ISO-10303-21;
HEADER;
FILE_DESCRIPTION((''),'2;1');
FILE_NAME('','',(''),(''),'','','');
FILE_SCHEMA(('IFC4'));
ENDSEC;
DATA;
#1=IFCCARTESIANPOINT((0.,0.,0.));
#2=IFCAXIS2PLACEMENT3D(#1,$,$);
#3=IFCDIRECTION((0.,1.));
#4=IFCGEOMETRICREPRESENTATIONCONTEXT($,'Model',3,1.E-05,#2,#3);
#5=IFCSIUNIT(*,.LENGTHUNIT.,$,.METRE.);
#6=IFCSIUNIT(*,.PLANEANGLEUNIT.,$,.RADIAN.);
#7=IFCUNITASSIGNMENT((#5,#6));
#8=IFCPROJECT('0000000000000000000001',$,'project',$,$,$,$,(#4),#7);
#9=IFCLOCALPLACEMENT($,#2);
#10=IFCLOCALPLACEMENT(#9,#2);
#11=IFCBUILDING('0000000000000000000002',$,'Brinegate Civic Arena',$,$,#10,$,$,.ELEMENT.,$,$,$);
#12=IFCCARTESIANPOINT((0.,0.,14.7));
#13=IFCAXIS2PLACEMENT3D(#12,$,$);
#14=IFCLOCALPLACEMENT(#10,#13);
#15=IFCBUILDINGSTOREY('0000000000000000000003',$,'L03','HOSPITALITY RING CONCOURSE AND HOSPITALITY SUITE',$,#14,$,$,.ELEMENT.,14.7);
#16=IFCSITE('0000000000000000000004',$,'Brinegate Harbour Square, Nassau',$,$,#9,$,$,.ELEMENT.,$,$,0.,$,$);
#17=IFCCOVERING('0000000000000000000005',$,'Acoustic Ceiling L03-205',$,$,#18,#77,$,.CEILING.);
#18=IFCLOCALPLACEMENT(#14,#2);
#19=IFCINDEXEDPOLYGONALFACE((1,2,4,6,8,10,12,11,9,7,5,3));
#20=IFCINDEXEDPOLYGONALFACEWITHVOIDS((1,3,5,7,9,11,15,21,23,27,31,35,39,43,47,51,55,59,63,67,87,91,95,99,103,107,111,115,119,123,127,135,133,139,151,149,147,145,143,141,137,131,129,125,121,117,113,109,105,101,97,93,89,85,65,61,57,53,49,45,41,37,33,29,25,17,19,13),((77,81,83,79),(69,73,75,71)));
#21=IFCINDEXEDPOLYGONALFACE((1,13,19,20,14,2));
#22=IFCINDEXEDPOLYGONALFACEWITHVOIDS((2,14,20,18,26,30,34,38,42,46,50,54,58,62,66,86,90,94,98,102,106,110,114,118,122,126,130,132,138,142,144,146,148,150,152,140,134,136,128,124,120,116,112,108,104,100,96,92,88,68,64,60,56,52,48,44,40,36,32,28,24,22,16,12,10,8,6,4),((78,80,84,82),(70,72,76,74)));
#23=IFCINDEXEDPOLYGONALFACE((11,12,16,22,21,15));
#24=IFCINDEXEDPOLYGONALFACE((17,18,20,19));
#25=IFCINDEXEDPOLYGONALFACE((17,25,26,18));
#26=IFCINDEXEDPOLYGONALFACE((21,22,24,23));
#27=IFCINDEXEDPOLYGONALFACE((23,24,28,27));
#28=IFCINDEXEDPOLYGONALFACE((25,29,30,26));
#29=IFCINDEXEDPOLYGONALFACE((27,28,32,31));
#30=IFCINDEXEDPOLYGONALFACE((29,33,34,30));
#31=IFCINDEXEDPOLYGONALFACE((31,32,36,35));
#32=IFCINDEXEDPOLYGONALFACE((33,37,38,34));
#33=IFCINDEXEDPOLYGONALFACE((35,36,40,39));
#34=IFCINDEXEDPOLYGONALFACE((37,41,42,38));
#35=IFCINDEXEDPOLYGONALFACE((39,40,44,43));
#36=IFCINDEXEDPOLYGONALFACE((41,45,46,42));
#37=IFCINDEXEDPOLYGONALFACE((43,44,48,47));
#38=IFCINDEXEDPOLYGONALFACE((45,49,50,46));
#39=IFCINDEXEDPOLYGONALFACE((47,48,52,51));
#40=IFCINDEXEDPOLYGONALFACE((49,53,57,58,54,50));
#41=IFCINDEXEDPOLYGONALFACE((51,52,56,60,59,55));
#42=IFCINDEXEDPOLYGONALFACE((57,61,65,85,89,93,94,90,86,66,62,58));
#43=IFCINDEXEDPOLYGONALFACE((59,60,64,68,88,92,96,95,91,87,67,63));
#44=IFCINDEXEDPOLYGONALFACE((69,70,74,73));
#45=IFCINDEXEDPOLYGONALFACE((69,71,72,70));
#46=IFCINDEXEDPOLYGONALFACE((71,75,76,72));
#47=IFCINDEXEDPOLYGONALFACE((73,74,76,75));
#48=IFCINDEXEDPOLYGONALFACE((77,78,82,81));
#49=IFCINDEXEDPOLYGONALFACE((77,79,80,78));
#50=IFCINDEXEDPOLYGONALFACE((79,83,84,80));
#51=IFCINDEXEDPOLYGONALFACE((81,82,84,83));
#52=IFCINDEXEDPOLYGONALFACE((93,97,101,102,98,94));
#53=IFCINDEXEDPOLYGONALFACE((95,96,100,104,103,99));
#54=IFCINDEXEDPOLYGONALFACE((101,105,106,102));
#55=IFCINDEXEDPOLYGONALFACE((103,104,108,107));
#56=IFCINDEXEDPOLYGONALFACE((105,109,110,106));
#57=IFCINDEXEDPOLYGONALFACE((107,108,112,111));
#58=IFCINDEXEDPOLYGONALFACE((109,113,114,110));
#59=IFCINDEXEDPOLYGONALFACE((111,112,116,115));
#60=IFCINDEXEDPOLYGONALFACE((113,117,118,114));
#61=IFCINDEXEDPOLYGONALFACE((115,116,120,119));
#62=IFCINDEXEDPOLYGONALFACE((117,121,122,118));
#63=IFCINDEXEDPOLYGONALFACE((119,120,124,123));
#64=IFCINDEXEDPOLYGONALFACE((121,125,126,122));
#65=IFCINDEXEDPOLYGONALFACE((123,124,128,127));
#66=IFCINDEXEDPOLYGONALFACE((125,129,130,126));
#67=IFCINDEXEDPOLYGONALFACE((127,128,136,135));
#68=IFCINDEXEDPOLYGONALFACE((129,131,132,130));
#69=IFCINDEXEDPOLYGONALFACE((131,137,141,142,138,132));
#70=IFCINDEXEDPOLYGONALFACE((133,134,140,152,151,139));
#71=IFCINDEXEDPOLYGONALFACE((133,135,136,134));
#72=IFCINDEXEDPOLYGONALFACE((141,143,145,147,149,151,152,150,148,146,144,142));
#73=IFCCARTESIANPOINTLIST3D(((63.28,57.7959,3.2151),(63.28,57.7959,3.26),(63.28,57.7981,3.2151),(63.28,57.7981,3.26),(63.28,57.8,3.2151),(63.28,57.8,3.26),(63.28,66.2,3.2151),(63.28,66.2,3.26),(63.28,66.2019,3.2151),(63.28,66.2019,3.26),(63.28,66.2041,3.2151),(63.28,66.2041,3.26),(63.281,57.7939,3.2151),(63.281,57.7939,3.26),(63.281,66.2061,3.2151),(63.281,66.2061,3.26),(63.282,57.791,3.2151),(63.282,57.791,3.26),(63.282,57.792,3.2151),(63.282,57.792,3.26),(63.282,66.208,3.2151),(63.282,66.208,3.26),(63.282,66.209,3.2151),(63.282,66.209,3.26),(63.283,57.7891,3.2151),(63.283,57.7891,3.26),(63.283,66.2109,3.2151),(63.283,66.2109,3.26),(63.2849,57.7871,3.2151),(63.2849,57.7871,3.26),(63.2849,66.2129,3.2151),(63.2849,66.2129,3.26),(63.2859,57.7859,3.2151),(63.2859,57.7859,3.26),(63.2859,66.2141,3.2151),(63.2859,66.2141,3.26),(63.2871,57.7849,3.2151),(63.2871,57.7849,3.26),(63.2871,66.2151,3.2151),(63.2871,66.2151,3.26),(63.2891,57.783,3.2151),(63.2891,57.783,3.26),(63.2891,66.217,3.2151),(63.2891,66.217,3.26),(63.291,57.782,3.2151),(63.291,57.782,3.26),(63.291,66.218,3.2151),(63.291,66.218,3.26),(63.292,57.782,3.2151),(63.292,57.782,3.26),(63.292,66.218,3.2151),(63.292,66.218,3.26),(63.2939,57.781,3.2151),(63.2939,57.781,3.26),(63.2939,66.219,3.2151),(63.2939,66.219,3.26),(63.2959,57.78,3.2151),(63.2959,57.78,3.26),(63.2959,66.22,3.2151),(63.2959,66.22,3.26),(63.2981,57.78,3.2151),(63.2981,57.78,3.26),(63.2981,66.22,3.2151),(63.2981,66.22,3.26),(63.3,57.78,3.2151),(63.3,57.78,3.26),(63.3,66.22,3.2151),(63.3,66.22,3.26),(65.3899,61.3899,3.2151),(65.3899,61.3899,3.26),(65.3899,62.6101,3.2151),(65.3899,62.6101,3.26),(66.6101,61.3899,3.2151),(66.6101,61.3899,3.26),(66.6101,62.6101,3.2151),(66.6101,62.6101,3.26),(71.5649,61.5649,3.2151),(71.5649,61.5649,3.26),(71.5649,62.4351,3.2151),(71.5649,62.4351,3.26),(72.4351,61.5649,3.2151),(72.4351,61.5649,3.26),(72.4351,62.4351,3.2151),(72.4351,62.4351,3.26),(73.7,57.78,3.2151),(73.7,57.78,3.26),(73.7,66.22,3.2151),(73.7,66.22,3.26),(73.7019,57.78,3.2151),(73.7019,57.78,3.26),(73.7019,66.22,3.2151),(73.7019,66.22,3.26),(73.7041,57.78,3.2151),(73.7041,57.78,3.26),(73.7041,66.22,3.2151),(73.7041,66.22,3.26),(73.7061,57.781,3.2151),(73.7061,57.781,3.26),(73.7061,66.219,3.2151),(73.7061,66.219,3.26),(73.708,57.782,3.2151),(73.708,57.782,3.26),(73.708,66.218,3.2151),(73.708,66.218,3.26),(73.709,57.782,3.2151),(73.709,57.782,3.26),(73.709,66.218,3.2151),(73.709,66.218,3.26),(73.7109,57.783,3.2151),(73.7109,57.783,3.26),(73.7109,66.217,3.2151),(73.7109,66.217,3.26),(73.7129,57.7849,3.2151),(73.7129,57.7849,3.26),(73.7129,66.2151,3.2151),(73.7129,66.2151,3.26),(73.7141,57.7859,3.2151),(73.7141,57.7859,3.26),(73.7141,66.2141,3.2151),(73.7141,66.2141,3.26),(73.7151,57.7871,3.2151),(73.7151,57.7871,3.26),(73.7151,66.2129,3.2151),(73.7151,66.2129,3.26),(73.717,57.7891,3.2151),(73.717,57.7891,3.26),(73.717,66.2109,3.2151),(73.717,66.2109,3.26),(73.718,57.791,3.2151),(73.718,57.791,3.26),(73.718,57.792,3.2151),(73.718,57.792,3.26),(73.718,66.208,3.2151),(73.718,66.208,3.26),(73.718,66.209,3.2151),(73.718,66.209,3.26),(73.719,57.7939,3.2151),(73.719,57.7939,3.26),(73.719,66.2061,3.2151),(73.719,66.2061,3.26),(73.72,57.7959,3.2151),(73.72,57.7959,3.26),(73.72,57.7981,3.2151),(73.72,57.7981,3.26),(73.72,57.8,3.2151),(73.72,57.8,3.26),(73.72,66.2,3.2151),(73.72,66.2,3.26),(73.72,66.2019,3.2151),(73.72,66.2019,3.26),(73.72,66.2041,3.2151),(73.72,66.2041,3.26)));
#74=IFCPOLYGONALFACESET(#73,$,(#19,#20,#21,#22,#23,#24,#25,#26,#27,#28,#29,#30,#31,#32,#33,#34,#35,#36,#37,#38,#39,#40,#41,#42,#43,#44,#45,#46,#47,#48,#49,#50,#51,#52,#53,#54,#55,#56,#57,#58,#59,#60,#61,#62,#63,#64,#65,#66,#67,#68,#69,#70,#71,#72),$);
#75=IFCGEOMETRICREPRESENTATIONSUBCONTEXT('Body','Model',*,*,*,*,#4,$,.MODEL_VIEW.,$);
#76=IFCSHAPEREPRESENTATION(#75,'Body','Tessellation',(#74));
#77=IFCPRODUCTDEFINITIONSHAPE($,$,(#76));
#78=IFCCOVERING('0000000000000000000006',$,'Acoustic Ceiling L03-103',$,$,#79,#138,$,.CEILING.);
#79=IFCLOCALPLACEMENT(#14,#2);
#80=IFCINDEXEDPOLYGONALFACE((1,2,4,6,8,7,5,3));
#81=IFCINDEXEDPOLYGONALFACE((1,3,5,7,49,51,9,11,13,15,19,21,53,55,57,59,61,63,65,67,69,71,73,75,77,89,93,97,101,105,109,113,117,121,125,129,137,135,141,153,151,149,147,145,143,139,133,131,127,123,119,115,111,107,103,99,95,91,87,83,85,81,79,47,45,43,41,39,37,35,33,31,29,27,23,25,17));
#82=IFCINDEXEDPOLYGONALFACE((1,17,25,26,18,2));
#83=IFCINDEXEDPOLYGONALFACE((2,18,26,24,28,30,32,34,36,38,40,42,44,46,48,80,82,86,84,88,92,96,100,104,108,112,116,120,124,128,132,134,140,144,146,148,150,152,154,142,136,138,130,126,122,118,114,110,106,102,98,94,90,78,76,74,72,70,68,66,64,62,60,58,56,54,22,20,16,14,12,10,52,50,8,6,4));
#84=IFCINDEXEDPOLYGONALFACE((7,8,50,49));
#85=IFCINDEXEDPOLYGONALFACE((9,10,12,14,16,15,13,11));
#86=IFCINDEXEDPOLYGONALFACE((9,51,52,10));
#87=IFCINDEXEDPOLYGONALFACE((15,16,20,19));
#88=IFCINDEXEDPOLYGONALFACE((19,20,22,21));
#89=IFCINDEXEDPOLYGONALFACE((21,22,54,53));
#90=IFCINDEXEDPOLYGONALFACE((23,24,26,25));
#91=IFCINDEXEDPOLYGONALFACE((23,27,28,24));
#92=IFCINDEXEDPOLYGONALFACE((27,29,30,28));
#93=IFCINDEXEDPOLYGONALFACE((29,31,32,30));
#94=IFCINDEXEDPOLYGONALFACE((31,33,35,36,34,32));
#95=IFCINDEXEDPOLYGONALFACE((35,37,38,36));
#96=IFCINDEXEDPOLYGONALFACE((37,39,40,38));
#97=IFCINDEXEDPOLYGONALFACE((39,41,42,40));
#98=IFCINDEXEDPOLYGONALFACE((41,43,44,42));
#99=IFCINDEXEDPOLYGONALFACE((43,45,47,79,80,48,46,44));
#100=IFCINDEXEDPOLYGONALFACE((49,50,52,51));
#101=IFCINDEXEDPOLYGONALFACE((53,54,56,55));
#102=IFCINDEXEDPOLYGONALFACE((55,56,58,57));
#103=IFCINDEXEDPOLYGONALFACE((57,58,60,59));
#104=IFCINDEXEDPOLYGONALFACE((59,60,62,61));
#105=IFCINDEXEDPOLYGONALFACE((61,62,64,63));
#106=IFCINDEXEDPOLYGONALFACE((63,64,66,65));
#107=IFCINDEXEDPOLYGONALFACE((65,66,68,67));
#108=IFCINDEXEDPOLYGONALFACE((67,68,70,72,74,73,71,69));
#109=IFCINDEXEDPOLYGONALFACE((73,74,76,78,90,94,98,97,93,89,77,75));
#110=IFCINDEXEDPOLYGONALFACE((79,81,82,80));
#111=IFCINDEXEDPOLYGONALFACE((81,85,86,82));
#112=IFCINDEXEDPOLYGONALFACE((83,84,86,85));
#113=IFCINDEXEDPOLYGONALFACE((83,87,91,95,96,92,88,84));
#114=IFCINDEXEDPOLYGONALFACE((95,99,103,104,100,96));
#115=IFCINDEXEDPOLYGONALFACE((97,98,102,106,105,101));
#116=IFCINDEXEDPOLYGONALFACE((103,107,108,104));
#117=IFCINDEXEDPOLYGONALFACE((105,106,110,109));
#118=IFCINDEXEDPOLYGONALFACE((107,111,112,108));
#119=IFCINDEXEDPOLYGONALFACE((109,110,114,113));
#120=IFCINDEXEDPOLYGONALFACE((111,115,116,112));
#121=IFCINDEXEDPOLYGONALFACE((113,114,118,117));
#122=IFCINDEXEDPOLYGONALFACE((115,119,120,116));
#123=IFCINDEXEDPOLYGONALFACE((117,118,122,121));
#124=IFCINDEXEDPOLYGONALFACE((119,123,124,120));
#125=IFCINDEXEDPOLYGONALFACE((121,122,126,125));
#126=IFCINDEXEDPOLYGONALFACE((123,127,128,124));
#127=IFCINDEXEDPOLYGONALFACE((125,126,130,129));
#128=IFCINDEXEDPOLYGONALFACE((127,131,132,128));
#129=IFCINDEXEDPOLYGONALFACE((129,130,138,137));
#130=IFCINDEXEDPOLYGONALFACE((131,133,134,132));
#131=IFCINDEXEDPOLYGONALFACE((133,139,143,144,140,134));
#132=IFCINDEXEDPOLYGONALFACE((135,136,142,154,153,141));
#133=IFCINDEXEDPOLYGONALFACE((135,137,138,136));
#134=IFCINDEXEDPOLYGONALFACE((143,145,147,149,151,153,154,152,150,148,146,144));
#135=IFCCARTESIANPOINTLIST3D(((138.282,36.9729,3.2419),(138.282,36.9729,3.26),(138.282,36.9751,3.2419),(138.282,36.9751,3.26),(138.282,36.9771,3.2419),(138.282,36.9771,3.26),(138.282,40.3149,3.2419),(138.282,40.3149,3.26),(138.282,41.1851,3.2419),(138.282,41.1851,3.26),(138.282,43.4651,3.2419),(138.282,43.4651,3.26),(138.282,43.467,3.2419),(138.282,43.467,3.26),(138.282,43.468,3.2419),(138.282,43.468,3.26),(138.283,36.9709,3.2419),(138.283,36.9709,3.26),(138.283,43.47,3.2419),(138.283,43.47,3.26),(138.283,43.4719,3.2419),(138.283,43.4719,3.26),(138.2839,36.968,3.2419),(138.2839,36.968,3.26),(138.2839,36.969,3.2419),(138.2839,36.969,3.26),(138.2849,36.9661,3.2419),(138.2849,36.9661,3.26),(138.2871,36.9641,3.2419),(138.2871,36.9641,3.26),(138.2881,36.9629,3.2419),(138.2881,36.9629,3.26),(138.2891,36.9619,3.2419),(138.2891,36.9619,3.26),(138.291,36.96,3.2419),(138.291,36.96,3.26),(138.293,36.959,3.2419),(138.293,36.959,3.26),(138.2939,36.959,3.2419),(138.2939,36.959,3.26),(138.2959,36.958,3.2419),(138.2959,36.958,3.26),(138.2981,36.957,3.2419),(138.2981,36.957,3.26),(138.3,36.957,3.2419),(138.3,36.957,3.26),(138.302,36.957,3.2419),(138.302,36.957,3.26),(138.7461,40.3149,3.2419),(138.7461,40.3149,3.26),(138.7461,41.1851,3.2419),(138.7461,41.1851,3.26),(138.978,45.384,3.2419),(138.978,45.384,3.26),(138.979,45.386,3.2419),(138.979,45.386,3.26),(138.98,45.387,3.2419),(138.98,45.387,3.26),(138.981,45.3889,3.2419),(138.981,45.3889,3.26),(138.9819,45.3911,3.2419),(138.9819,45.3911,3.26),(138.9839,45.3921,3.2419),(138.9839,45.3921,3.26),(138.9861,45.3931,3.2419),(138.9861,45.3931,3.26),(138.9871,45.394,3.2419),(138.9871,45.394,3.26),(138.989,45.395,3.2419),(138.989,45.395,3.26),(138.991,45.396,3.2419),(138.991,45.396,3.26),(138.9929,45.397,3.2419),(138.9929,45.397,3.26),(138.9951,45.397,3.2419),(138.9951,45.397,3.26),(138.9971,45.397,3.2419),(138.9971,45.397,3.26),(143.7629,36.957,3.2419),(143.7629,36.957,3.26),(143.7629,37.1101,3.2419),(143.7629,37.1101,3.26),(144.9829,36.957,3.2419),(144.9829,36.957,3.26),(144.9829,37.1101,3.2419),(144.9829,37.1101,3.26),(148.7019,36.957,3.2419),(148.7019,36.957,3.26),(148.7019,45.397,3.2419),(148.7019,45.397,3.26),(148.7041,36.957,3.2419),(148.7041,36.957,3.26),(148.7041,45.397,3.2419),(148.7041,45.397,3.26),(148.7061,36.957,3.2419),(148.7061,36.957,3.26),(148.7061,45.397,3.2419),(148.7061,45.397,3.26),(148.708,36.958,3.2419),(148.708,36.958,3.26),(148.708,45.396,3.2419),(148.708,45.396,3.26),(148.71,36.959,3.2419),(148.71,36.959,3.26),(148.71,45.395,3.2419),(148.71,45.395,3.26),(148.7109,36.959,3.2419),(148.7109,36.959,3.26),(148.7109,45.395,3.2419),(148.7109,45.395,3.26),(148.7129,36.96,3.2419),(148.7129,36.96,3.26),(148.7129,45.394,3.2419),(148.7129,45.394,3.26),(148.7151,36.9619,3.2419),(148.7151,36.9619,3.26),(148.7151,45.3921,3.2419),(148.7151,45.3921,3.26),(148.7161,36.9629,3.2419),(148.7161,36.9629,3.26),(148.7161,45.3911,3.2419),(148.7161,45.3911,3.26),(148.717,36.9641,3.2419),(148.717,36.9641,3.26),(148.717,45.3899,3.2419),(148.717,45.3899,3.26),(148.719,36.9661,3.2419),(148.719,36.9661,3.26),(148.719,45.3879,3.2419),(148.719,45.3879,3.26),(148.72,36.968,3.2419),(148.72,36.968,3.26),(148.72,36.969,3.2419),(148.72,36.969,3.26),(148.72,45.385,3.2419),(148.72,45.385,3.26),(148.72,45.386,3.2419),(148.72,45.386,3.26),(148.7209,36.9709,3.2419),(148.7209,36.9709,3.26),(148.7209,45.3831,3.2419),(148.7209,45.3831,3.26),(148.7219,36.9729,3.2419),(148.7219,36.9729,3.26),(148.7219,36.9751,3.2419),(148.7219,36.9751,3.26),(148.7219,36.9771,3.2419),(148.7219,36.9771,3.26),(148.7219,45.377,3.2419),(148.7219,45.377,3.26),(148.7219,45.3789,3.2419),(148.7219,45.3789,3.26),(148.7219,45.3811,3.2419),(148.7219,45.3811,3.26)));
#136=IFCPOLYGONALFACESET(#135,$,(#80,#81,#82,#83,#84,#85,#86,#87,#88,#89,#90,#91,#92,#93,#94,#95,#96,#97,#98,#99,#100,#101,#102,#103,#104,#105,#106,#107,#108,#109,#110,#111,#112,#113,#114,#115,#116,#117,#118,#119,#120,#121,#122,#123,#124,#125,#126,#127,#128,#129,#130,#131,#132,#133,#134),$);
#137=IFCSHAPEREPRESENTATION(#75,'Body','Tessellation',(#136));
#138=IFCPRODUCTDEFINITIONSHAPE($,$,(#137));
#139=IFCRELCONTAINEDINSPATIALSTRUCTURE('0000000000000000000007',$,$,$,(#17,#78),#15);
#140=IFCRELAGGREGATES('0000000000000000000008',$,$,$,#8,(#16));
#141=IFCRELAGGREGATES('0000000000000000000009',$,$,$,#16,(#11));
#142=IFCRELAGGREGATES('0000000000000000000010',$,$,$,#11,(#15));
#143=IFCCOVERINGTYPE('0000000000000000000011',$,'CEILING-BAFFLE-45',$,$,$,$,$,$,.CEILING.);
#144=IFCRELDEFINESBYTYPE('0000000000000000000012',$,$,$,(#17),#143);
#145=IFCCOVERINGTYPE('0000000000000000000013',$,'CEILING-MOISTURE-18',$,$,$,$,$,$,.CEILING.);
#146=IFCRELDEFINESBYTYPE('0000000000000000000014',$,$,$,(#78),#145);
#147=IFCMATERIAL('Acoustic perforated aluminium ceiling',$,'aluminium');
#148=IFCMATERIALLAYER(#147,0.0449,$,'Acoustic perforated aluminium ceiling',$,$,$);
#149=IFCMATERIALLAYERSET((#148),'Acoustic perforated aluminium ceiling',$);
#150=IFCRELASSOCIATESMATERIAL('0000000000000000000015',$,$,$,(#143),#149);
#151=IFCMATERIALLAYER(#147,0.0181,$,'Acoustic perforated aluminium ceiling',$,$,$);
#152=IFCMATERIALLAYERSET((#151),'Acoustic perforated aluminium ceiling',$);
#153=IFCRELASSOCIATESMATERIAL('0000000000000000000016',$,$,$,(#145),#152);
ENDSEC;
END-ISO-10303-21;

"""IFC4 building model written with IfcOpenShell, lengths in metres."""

from ifc_helpers import new_model, si_unit, direction, frame, origin, place, context, subcontext, project, spatial, polyline, outline, extrude, material, layer, layer_set, type_object, element, save


model = new_model("IFC4")

# Units and contexts
model_context = context("Model", 3, precision=1e-05, world=origin(), true_north=direction((0.0, 1.0)))
body_context = subcontext(model_context, "Body", "Model", "MODEL_VIEW")
ifc_project = project(units=[si_unit("LENGTHUNIT", "METRE"), si_unit("PLANEANGLEUNIT", "RADIAN")], contexts=[model_context])

# Site, building, storey
site_placement = place(None, origin())
site = spatial("IfcSite", under=ifc_project, at=site_placement, Name="Brinegate Harbour Square, Nassau", CompositionType="ELEMENT", RefElevation=0.0)
building_placement = place(site_placement, origin())
building = spatial("IfcBuilding", under=site, at=building_placement, Name="Brinegate Civic Arena", CompositionType="ELEMENT")
storey_placement = place(building_placement, frame((0.0, 0.0, 14.7)))
storey = spatial("IfcBuildingStorey", under=building, at=storey_placement, Name="L03", Description="HOSPITALITY RING CONCOURSE AND HOSPITALITY SUITE", CompositionType="ELEMENT", Elevation=14.7)

# Coverings
ifc_material_1 = material(Name="Acoustic perforated aluminium ceiling", Category="aluminium")
ifc_layer_1 = layer(ifc_material_1, 0.0449, Name="Acoustic perforated aluminium ceiling")
ifc_layer_set_1 = layer_set([ifc_layer_1], Name="Acoustic perforated aluminium ceiling")
covering_type_1 = type_object("IfcCoveringType", Name="CEILING-BAFFLE-45", PredefinedType="CEILING", material=ifc_layer_set_1)
covering_1_placement = place(storey_placement, frame((0.0, 0.0, 3.2151)))
element("IfcCovering", 1, at=covering_1_placement, inside=storey, type_object=covering_type_1, Name="Acoustic Ceiling L03-205", PredefinedType="CEILING", context=body_context, shape_type="SweptSolid", body=[
    extrude(outline(polyline([(73.7041, 66.22), (73.7061, 66.219), (73.708, 66.218), (73.709, 66.218), (73.7109, 66.217), (73.7129, 66.2151), (73.7141, 66.2141), (73.7151, 66.2129), (73.717, 66.2109), (73.718, 66.209), (73.718, 66.208), (73.719, 66.2061), (73.72, 66.2041), (73.72, 66.2019), (73.72, 66.2), (73.72, 57.8), (73.72, 57.7981), (73.72, 57.7959), (73.719, 57.7939), (73.718, 57.792), (73.718, 57.791), (73.717, 57.7891), (73.7151, 57.7871), (73.7141, 57.7859), (73.7129, 57.7849), (73.7109, 57.783), (73.709, 57.782), (73.708, 57.782), (73.7061, 57.781), (73.7041, 57.78), (73.7019, 57.78), (73.7, 57.78), (63.3, 57.78), (63.2981, 57.78), (63.2959, 57.78), (63.2939, 57.781), (63.292, 57.782), (63.291, 57.782), (63.2891, 57.783), (63.2871, 57.7849), (63.2859, 57.7859), (63.2849, 57.7871), (63.283, 57.7891), (63.282, 57.791), (63.282, 57.792), (63.281, 57.7939), (63.28, 57.7959), (63.28, 57.7981), (63.28, 57.8), (63.28, 66.2), (63.28, 66.2019), (63.28, 66.2041), (63.281, 66.2061), (63.282, 66.208), (63.282, 66.209), (63.283, 66.2109), (63.2849, 66.2129), (63.2859, 66.2141), (63.2871, 66.2151), (63.2891, 66.217), (63.291, 66.218), (63.292, 66.218), (63.2939, 66.219), (63.2959, 66.22), (63.2981, 66.22), (63.3, 66.22), (73.7, 66.22), (73.7019, 66.22), (73.7041, 66.22)]), holes=[polyline([(71.5649, 62.4351), (71.5649, 61.5649), (72.4351, 61.5649), (72.4351, 62.4351), (71.5649, 62.4351)]), polyline([(65.3899, 62.6101), (65.3899, 61.3899), (66.6101, 61.3899), (66.6101, 62.6101), (65.3899, 62.6101)])]), origin(), (0.0, 0.0, 1.0), 0.0449),
])
ifc_layer_2 = layer(ifc_material_1, 0.0181, Name="Acoustic perforated aluminium ceiling")
ifc_layer_set_2 = layer_set([ifc_layer_2], Name="Acoustic perforated aluminium ceiling")
covering_type_2 = type_object("IfcCoveringType", Name="CEILING-MOISTURE-18", PredefinedType="CEILING", material=ifc_layer_set_2)
covering_2_placement = place(storey_placement, frame((0.0, 0.0, 3.2419)))
element("IfcCovering", 2, at=covering_2_placement, inside=storey, type_object=covering_type_2, Name="Acoustic Ceiling L03-103", PredefinedType="CEILING", context=body_context, shape_type="SweptSolid", body=[
    extrude(outline(polyline([(148.7219, 36.9729), (148.7209, 36.9709), (148.72, 36.969), (148.72, 36.968), (148.719, 36.9661), (148.717, 36.9641), (148.7161, 36.9629), (148.7151, 36.9619), (148.7129, 36.96), (148.7109, 36.959), (148.71, 36.959), (148.708, 36.958), (148.7061, 36.957), (148.7041, 36.957), (148.7019, 36.957), (144.9829, 36.957), (144.9829, 37.1101), (143.7629, 37.1101), (143.7629, 36.957), (138.302, 36.957), (138.3, 36.957), (138.2981, 36.957), (138.2959, 36.958), (138.2939, 36.959), (138.293, 36.959), (138.291, 36.96), (138.2891, 36.9619), (138.2881, 36.9629), (138.2871, 36.9641), (138.2849, 36.9661), (138.2839, 36.968), (138.2839, 36.969), (138.283, 36.9709), (138.282, 36.9729), (138.282, 36.9751), (138.282, 36.9771), (138.282, 40.3149), (138.7461, 40.3149), (138.7461, 41.1851), (138.282, 41.1851), (138.282, 43.4651), (138.282, 43.467), (138.282, 43.468), (138.283, 43.47), (138.283, 43.4719), (138.978, 45.384), (138.979, 45.386), (138.98, 45.387), (138.981, 45.3889), (138.9819, 45.3911), (138.9839, 45.3921), (138.9861, 45.3931), (138.9871, 45.394), (138.989, 45.395), (138.991, 45.396), (138.9929, 45.397), (138.9951, 45.397), (138.9971, 45.397), (148.7019, 45.397), (148.7041, 45.397), (148.7061, 45.397), (148.708, 45.396), (148.71, 45.395), (148.7109, 45.395), (148.7129, 45.394), (148.7151, 45.3921), (148.7161, 45.3911), (148.717, 45.3899), (148.719, 45.3879), (148.72, 45.386), (148.72, 45.385), (148.7209, 45.3831), (148.7219, 45.3811), (148.7219, 45.3789), (148.7219, 45.377), (148.7219, 36.9771), (148.7219, 36.9751), (148.7219, 36.9729)])), origin(), (0.0, 0.0, 1.0), 0.0181),
])

save(model, "model.ifc")
